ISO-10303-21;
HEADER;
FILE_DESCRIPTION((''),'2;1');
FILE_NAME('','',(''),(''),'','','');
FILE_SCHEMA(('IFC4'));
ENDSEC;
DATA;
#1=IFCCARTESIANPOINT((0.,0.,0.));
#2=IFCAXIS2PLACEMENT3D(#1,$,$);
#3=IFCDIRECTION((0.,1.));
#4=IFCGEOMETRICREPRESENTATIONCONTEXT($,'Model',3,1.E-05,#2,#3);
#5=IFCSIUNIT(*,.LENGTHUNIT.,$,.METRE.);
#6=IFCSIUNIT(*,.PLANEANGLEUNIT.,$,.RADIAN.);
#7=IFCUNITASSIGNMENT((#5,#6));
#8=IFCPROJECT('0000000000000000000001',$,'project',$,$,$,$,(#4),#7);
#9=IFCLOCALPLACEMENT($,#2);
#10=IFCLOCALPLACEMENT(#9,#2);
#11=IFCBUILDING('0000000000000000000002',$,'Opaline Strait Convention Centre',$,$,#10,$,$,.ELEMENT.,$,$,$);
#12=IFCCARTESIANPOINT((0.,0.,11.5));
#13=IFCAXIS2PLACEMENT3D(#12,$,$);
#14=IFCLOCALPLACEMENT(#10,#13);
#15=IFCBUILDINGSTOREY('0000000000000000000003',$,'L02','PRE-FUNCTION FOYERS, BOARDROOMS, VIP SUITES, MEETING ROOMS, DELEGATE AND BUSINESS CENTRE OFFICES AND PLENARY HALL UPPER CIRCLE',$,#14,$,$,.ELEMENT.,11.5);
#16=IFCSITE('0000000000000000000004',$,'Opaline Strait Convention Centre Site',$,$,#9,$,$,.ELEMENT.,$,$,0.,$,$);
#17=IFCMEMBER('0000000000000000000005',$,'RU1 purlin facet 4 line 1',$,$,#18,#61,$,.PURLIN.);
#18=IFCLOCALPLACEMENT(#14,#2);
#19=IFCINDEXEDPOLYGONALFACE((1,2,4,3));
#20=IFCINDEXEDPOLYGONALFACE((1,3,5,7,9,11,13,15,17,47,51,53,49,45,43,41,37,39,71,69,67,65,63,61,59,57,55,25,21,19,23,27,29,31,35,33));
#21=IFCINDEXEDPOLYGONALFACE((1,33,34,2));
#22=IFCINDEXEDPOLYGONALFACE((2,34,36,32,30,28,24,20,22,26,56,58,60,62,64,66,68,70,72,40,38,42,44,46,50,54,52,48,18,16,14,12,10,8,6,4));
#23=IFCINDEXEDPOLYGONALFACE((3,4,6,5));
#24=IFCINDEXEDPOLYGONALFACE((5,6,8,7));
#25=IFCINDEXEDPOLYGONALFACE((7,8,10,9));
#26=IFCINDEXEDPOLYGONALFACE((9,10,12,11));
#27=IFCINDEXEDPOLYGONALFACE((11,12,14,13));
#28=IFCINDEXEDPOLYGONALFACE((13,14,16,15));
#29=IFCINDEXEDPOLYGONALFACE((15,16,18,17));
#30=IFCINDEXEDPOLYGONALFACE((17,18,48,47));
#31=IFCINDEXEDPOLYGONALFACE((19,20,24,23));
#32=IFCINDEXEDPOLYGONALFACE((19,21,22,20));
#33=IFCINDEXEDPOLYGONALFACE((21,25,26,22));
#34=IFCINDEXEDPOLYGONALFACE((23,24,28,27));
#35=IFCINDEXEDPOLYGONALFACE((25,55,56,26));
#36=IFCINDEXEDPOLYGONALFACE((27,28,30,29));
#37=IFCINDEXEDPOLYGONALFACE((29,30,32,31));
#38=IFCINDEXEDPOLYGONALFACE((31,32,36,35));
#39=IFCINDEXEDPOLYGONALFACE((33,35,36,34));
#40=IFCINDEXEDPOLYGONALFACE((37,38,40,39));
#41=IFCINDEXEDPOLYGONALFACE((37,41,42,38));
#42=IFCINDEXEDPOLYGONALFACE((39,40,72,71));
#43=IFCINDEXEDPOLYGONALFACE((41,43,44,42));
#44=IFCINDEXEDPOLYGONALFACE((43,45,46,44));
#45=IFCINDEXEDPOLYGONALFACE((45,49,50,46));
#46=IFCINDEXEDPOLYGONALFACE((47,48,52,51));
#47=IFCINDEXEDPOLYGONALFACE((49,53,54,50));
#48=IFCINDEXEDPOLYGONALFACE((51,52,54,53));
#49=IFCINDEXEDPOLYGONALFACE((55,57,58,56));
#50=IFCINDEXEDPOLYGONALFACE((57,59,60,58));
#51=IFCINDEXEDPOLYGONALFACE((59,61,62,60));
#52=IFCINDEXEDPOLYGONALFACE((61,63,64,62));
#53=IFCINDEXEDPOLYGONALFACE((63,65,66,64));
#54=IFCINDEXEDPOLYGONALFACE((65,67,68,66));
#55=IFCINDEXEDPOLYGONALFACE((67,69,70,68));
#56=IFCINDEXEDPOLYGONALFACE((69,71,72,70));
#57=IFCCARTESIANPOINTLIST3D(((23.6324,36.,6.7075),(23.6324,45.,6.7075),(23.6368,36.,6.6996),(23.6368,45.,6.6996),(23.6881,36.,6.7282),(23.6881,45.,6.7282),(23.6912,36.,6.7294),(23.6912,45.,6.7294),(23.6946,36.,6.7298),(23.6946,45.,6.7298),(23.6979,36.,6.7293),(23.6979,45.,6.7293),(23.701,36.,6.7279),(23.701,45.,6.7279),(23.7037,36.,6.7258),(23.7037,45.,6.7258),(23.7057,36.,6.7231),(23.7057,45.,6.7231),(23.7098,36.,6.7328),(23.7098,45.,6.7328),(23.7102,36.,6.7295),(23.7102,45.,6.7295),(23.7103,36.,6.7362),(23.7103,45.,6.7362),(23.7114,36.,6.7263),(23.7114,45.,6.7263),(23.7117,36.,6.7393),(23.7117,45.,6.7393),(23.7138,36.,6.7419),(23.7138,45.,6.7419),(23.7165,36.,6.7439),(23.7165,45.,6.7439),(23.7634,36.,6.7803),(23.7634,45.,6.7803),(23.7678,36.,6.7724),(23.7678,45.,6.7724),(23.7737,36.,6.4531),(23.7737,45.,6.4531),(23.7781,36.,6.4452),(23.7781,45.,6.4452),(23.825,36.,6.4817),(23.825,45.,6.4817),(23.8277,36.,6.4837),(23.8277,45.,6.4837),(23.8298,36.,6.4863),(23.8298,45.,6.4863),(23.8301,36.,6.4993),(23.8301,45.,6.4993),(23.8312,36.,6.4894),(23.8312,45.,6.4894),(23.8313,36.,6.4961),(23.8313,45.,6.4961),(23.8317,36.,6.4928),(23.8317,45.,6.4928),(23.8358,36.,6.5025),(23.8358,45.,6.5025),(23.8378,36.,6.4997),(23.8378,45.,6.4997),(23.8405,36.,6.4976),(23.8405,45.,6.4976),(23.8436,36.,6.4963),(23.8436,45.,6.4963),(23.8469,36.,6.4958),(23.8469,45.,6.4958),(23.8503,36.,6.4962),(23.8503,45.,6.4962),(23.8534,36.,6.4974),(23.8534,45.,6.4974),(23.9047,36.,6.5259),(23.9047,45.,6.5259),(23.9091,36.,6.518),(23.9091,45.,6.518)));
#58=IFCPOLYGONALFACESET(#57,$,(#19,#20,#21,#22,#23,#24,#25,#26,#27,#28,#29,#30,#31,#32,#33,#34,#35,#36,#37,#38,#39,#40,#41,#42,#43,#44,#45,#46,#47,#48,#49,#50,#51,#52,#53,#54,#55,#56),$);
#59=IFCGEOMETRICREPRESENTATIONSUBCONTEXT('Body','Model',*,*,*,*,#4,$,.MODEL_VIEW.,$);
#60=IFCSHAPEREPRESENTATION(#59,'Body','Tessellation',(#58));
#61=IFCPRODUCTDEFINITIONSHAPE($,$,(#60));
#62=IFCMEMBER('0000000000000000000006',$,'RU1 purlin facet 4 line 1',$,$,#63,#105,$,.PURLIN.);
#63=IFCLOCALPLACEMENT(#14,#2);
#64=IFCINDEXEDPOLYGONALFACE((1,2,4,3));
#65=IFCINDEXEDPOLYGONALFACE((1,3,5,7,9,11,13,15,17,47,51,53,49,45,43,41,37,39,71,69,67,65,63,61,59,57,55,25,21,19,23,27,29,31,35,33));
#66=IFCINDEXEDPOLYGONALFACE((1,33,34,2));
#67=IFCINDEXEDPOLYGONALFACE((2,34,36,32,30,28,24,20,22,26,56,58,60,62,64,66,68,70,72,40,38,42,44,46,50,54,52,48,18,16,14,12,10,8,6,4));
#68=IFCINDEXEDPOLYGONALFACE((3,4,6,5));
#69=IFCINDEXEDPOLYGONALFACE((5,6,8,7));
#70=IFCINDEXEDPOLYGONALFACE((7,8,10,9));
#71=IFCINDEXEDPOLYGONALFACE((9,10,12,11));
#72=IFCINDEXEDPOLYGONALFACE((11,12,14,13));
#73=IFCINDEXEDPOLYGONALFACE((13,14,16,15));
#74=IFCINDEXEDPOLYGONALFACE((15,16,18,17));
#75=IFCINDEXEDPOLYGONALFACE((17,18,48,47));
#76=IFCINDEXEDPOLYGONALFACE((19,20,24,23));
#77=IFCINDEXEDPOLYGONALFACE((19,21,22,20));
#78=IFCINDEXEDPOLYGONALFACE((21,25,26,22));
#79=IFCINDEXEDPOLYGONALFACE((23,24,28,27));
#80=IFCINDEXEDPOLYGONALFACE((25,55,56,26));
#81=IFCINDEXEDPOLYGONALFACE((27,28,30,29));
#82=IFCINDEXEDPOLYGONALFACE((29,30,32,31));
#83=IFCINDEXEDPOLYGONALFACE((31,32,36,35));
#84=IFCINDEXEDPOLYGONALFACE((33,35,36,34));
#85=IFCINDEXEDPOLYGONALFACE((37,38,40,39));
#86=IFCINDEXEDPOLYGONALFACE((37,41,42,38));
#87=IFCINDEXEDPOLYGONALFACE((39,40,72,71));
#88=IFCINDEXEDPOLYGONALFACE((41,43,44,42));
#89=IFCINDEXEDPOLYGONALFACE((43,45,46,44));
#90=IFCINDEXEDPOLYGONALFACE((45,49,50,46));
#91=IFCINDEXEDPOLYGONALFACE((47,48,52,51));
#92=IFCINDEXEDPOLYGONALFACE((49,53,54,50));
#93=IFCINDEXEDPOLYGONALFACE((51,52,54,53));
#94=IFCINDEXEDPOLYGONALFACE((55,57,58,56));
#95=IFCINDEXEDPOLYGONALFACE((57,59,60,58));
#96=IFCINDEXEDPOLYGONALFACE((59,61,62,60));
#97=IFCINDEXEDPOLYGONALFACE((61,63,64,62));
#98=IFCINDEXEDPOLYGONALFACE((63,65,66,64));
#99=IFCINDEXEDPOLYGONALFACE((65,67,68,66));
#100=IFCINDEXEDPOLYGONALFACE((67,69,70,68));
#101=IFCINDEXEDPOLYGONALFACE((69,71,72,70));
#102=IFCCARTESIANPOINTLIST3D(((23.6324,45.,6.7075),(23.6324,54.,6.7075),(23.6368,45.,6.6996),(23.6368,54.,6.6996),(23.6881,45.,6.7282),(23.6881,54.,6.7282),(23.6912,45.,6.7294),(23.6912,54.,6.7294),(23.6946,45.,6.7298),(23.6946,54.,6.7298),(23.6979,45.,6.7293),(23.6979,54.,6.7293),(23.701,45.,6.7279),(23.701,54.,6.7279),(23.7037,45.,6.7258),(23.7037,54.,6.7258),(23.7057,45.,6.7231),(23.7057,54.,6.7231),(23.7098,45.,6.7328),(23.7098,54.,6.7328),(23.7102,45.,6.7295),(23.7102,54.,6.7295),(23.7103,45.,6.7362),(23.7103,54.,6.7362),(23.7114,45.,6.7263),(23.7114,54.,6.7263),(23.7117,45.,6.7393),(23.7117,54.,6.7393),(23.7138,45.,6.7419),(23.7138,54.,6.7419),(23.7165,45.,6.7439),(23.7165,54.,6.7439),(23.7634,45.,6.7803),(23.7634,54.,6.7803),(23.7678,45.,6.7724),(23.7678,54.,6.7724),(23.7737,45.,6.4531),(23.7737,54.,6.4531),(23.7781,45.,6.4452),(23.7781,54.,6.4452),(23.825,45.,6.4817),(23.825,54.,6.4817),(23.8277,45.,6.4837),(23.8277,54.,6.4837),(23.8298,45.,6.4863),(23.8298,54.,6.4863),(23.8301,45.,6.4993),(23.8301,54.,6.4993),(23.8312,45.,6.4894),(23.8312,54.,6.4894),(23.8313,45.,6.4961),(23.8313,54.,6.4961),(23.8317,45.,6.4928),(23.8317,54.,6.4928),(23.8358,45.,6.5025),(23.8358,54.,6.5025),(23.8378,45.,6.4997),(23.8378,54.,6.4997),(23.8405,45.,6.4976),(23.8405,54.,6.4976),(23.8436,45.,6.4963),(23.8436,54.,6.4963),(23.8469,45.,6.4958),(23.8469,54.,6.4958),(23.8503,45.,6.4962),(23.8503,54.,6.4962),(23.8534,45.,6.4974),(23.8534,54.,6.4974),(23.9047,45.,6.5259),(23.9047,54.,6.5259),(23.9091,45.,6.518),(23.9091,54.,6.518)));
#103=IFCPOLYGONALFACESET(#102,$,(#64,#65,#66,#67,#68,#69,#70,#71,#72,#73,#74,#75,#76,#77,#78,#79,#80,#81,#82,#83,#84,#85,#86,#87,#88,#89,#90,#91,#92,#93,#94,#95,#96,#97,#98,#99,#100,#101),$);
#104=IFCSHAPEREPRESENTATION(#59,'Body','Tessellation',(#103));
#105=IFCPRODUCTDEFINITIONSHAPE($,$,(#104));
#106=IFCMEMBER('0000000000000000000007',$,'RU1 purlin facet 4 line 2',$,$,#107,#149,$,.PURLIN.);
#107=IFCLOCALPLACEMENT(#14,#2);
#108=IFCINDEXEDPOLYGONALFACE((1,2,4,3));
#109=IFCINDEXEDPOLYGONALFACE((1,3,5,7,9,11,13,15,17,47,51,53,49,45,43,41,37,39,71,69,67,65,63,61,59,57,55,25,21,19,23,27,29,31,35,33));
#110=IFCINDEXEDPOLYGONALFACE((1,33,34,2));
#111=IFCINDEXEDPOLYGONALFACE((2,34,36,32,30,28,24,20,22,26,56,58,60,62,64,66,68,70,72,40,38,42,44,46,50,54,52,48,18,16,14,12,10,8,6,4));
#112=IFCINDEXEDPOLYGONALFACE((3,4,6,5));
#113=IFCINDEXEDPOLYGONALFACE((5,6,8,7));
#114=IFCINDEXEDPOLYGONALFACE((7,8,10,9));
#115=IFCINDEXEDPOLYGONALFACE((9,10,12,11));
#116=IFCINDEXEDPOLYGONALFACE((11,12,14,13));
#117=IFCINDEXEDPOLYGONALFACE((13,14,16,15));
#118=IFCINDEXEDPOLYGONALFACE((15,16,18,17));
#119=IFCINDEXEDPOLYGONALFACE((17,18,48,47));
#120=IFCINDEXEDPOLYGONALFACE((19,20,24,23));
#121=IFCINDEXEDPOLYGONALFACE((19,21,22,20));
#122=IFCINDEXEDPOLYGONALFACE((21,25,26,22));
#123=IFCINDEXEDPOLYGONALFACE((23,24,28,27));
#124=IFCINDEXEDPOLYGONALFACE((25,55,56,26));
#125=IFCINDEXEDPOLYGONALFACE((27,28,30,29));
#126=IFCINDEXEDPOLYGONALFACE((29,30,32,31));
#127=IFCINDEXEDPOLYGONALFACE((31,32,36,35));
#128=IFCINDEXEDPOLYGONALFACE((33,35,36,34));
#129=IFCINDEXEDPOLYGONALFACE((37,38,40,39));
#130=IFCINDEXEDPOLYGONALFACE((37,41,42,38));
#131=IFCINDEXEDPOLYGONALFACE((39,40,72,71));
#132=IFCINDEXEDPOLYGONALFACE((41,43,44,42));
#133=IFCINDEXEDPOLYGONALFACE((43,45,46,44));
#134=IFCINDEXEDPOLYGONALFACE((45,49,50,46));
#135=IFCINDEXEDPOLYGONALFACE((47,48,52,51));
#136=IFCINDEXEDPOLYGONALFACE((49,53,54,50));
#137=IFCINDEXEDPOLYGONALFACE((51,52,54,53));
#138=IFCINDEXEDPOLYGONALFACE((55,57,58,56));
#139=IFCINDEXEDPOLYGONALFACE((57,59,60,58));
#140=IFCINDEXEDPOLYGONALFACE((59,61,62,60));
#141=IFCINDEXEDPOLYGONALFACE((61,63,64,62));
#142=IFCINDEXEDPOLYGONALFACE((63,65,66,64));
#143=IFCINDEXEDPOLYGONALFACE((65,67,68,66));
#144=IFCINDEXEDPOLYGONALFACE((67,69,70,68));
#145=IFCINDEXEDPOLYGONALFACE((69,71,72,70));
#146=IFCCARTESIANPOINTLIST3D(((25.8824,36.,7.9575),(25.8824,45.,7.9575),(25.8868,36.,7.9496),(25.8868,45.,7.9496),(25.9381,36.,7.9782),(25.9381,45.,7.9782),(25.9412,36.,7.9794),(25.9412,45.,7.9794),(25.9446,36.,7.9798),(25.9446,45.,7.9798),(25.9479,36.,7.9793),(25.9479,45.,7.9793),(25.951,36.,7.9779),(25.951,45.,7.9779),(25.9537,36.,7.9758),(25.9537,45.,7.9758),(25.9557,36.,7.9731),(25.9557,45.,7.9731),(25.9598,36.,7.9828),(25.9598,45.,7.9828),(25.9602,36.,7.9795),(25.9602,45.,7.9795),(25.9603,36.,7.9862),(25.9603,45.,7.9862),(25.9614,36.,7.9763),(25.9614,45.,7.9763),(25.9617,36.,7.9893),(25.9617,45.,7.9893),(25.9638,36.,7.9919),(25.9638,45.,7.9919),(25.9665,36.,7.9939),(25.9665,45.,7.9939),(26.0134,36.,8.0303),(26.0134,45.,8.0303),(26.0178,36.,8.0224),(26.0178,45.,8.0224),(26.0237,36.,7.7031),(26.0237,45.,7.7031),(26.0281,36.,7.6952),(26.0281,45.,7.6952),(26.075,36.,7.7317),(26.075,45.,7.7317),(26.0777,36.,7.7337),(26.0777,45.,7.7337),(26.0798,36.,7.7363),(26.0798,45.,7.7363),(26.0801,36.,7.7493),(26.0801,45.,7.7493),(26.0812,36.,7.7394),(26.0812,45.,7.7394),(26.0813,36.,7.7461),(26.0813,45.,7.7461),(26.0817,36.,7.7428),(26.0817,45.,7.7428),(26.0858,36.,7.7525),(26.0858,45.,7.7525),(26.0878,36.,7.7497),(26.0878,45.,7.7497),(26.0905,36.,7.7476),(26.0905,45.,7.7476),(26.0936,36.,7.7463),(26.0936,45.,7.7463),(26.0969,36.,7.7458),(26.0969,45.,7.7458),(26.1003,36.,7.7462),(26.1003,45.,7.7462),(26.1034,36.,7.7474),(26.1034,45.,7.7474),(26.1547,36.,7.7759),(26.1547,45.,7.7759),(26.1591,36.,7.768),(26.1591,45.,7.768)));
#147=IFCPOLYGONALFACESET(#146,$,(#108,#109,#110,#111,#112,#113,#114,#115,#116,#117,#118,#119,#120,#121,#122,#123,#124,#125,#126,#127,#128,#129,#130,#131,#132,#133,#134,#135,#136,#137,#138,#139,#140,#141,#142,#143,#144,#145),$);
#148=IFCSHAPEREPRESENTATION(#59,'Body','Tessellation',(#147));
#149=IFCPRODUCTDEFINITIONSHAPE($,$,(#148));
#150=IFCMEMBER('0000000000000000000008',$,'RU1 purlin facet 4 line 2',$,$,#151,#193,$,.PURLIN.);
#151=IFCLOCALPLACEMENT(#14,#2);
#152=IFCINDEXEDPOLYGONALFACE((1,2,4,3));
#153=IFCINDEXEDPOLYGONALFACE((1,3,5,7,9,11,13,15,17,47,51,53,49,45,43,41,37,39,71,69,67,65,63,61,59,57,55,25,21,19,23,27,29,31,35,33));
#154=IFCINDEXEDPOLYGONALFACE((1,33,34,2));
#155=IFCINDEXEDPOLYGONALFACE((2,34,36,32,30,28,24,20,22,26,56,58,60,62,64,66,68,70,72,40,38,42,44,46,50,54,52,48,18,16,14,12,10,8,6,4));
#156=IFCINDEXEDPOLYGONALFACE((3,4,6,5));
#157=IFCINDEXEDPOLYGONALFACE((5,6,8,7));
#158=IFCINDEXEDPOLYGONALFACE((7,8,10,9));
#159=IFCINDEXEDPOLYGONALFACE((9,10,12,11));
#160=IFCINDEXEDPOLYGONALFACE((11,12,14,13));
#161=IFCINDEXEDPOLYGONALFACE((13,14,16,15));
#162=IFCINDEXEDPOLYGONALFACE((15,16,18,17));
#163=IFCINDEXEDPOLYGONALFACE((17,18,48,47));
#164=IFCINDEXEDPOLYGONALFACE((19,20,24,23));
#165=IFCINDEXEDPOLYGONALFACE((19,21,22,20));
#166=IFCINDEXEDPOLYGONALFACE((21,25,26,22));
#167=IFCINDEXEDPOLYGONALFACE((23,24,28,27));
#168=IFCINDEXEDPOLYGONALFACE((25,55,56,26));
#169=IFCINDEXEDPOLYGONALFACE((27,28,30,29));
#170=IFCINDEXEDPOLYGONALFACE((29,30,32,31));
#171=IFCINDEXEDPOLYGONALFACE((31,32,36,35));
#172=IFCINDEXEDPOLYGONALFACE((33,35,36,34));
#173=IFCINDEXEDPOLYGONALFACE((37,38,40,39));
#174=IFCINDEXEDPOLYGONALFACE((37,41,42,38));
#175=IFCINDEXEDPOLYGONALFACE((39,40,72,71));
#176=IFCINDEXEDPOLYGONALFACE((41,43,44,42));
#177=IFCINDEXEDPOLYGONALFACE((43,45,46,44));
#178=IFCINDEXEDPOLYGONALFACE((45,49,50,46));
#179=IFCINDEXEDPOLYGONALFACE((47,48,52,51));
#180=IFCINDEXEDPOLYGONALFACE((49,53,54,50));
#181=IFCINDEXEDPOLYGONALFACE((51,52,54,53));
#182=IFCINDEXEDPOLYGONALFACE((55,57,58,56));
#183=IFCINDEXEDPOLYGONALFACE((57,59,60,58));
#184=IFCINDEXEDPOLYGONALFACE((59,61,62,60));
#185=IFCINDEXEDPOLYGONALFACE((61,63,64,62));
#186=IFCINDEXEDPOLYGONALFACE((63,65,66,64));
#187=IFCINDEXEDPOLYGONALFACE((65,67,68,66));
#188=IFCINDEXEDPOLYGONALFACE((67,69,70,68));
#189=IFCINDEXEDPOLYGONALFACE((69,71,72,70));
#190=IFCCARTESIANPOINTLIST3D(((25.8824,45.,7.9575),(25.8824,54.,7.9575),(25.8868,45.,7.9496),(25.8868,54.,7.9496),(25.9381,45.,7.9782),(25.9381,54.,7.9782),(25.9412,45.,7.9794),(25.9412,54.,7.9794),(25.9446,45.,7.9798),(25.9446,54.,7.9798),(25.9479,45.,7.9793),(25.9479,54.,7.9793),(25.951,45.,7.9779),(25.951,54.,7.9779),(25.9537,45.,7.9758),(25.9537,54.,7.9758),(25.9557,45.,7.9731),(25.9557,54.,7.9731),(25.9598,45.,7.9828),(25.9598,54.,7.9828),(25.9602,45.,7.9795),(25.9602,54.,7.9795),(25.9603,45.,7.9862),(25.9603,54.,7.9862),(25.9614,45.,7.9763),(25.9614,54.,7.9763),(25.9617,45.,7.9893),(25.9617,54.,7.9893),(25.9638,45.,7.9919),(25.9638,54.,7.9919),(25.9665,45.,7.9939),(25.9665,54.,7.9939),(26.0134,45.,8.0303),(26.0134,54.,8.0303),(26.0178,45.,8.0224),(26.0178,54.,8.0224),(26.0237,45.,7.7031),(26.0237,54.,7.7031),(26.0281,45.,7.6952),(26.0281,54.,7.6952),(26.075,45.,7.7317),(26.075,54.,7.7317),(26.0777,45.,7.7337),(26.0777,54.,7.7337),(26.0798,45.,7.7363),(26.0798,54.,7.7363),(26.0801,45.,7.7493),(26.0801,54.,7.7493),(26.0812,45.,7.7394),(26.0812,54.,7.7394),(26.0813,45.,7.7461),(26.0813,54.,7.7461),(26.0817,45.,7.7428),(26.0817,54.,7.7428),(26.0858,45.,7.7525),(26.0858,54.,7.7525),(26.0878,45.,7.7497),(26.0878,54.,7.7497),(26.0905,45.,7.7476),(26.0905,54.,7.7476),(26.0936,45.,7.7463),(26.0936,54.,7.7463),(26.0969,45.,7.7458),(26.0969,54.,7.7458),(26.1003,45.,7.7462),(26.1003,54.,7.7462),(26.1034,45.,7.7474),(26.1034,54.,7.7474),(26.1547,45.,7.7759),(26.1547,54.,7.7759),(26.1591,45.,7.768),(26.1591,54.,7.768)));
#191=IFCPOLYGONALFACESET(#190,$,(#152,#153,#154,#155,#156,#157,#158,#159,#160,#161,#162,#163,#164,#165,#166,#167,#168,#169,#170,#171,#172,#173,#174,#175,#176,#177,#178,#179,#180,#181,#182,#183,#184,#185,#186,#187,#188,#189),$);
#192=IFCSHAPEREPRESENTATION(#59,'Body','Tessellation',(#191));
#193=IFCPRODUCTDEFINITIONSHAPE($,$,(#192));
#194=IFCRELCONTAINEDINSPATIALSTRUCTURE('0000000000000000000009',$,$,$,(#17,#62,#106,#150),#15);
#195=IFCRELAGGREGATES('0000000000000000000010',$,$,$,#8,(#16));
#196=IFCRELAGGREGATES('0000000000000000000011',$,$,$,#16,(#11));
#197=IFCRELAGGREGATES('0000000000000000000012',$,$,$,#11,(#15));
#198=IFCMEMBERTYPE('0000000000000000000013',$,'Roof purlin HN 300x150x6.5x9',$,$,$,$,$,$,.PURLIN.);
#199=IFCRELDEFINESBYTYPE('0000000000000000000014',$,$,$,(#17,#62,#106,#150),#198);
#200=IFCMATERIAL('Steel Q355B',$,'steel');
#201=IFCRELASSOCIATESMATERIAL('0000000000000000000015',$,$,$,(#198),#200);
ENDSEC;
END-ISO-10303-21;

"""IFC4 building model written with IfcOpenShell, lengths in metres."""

from ifc_helpers import new_model, si_unit, direction, frame, origin, origin_2d, place, context, subcontext, project, spatial, i_section, extrude, material, material_profile, profile_set, type_object, element, save


model = new_model("IFC4")

# Units and contexts
model_context = context("Model", 3, precision=1e-05, world=origin(), true_north=direction((0.0, 1.0)))
body_context = subcontext(model_context, "Body", "Model", "MODEL_VIEW")
ifc_project = project(units=[si_unit("LENGTHUNIT", "METRE"), si_unit("PLANEANGLEUNIT", "RADIAN")], contexts=[model_context])

# Site, building, storey
site_placement = place(None, origin())
site = spatial("IfcSite", under=ifc_project, at=site_placement, Name="Opaline Strait Convention Centre Site", CompositionType="ELEMENT", RefElevation=0.0)
building_placement = place(site_placement, origin())
building = spatial("IfcBuilding", under=site, at=building_placement, Name="Opaline Strait Convention Centre", CompositionType="ELEMENT")
storey_placement = place(building_placement, frame((0.0, 0.0, 11.5)))
storey = spatial("IfcBuildingStorey", under=building, at=storey_placement, Name="L02", Description="PRE-FUNCTION FOYERS, BOARDROOMS, VIP SUITES, MEETING ROOMS, DELEGATE AND BUSINESS CENTRE OFFICES AND PLENARY HALL UPPER CIRCLE", CompositionType="ELEMENT", Elevation=11.5)

# Shared definitions
ifc_material_1 = material(Name="Steel Q355B", Category="steel")

# Members
ifc_material_profile_1 = material_profile(ifc_material_1, i_section(OverallWidth=0.1499, OverallDepth=0.3, WebThickness=0.0066, FlangeThickness=0.009, FilletRadius=0.0129, at=origin_2d()), Name="HN 300x150x6.5x9")
ifc_profile_set_1 = profile_set([ifc_material_profile_1], Name="Steel Q355B")
member_type_1 = type_object("IfcMemberType", Name="Roof purlin HN 300x150x6.5x9", PredefinedType="PURLIN", material=ifc_profile_set_1)
for number, where, z_axis, x_axis, name in (
    (1, (23.7708, 36.0, 6.6128), (0.0, 1.0, 0.0), (-0.874157, 0.0, -0.485643), "RU1 purlin facet 4 line 1"),
    (2, (23.7708, 45.0, 6.6128), (0.0, 1.0, 0.0), (-0.874157, 0.0, -0.485643), "RU1 purlin facet 4 line 1"),
    (3, (26.0208, 36.0, 7.8628), (0.0, 1.0, 0.0), (-0.874157, 0.0, -0.485643), "RU1 purlin facet 4 line 2"),
    (4, (26.0208, 45.0, 7.8628), (0.0, 1.0, 0.0), (-0.874157, 0.0, -0.485643), "RU1 purlin facet 4 line 2"),
):
    element("IfcMember", number, at=place(storey_placement, frame(where, z_axis=z_axis, x_axis=x_axis)), inside=storey, type_object=member_type_1, Name=name, PredefinedType="PURLIN", context=body_context, shape_type="SweptSolid", body=[
        extrude(i_section(OverallWidth=0.1499, OverallDepth=0.3, WebThickness=0.0066, FlangeThickness=0.009, FilletRadius=0.0129, at=origin_2d()), origin(), (0.0, 0.0, 1.0), 9.0),
    ])

save(model, "model.ifc")
